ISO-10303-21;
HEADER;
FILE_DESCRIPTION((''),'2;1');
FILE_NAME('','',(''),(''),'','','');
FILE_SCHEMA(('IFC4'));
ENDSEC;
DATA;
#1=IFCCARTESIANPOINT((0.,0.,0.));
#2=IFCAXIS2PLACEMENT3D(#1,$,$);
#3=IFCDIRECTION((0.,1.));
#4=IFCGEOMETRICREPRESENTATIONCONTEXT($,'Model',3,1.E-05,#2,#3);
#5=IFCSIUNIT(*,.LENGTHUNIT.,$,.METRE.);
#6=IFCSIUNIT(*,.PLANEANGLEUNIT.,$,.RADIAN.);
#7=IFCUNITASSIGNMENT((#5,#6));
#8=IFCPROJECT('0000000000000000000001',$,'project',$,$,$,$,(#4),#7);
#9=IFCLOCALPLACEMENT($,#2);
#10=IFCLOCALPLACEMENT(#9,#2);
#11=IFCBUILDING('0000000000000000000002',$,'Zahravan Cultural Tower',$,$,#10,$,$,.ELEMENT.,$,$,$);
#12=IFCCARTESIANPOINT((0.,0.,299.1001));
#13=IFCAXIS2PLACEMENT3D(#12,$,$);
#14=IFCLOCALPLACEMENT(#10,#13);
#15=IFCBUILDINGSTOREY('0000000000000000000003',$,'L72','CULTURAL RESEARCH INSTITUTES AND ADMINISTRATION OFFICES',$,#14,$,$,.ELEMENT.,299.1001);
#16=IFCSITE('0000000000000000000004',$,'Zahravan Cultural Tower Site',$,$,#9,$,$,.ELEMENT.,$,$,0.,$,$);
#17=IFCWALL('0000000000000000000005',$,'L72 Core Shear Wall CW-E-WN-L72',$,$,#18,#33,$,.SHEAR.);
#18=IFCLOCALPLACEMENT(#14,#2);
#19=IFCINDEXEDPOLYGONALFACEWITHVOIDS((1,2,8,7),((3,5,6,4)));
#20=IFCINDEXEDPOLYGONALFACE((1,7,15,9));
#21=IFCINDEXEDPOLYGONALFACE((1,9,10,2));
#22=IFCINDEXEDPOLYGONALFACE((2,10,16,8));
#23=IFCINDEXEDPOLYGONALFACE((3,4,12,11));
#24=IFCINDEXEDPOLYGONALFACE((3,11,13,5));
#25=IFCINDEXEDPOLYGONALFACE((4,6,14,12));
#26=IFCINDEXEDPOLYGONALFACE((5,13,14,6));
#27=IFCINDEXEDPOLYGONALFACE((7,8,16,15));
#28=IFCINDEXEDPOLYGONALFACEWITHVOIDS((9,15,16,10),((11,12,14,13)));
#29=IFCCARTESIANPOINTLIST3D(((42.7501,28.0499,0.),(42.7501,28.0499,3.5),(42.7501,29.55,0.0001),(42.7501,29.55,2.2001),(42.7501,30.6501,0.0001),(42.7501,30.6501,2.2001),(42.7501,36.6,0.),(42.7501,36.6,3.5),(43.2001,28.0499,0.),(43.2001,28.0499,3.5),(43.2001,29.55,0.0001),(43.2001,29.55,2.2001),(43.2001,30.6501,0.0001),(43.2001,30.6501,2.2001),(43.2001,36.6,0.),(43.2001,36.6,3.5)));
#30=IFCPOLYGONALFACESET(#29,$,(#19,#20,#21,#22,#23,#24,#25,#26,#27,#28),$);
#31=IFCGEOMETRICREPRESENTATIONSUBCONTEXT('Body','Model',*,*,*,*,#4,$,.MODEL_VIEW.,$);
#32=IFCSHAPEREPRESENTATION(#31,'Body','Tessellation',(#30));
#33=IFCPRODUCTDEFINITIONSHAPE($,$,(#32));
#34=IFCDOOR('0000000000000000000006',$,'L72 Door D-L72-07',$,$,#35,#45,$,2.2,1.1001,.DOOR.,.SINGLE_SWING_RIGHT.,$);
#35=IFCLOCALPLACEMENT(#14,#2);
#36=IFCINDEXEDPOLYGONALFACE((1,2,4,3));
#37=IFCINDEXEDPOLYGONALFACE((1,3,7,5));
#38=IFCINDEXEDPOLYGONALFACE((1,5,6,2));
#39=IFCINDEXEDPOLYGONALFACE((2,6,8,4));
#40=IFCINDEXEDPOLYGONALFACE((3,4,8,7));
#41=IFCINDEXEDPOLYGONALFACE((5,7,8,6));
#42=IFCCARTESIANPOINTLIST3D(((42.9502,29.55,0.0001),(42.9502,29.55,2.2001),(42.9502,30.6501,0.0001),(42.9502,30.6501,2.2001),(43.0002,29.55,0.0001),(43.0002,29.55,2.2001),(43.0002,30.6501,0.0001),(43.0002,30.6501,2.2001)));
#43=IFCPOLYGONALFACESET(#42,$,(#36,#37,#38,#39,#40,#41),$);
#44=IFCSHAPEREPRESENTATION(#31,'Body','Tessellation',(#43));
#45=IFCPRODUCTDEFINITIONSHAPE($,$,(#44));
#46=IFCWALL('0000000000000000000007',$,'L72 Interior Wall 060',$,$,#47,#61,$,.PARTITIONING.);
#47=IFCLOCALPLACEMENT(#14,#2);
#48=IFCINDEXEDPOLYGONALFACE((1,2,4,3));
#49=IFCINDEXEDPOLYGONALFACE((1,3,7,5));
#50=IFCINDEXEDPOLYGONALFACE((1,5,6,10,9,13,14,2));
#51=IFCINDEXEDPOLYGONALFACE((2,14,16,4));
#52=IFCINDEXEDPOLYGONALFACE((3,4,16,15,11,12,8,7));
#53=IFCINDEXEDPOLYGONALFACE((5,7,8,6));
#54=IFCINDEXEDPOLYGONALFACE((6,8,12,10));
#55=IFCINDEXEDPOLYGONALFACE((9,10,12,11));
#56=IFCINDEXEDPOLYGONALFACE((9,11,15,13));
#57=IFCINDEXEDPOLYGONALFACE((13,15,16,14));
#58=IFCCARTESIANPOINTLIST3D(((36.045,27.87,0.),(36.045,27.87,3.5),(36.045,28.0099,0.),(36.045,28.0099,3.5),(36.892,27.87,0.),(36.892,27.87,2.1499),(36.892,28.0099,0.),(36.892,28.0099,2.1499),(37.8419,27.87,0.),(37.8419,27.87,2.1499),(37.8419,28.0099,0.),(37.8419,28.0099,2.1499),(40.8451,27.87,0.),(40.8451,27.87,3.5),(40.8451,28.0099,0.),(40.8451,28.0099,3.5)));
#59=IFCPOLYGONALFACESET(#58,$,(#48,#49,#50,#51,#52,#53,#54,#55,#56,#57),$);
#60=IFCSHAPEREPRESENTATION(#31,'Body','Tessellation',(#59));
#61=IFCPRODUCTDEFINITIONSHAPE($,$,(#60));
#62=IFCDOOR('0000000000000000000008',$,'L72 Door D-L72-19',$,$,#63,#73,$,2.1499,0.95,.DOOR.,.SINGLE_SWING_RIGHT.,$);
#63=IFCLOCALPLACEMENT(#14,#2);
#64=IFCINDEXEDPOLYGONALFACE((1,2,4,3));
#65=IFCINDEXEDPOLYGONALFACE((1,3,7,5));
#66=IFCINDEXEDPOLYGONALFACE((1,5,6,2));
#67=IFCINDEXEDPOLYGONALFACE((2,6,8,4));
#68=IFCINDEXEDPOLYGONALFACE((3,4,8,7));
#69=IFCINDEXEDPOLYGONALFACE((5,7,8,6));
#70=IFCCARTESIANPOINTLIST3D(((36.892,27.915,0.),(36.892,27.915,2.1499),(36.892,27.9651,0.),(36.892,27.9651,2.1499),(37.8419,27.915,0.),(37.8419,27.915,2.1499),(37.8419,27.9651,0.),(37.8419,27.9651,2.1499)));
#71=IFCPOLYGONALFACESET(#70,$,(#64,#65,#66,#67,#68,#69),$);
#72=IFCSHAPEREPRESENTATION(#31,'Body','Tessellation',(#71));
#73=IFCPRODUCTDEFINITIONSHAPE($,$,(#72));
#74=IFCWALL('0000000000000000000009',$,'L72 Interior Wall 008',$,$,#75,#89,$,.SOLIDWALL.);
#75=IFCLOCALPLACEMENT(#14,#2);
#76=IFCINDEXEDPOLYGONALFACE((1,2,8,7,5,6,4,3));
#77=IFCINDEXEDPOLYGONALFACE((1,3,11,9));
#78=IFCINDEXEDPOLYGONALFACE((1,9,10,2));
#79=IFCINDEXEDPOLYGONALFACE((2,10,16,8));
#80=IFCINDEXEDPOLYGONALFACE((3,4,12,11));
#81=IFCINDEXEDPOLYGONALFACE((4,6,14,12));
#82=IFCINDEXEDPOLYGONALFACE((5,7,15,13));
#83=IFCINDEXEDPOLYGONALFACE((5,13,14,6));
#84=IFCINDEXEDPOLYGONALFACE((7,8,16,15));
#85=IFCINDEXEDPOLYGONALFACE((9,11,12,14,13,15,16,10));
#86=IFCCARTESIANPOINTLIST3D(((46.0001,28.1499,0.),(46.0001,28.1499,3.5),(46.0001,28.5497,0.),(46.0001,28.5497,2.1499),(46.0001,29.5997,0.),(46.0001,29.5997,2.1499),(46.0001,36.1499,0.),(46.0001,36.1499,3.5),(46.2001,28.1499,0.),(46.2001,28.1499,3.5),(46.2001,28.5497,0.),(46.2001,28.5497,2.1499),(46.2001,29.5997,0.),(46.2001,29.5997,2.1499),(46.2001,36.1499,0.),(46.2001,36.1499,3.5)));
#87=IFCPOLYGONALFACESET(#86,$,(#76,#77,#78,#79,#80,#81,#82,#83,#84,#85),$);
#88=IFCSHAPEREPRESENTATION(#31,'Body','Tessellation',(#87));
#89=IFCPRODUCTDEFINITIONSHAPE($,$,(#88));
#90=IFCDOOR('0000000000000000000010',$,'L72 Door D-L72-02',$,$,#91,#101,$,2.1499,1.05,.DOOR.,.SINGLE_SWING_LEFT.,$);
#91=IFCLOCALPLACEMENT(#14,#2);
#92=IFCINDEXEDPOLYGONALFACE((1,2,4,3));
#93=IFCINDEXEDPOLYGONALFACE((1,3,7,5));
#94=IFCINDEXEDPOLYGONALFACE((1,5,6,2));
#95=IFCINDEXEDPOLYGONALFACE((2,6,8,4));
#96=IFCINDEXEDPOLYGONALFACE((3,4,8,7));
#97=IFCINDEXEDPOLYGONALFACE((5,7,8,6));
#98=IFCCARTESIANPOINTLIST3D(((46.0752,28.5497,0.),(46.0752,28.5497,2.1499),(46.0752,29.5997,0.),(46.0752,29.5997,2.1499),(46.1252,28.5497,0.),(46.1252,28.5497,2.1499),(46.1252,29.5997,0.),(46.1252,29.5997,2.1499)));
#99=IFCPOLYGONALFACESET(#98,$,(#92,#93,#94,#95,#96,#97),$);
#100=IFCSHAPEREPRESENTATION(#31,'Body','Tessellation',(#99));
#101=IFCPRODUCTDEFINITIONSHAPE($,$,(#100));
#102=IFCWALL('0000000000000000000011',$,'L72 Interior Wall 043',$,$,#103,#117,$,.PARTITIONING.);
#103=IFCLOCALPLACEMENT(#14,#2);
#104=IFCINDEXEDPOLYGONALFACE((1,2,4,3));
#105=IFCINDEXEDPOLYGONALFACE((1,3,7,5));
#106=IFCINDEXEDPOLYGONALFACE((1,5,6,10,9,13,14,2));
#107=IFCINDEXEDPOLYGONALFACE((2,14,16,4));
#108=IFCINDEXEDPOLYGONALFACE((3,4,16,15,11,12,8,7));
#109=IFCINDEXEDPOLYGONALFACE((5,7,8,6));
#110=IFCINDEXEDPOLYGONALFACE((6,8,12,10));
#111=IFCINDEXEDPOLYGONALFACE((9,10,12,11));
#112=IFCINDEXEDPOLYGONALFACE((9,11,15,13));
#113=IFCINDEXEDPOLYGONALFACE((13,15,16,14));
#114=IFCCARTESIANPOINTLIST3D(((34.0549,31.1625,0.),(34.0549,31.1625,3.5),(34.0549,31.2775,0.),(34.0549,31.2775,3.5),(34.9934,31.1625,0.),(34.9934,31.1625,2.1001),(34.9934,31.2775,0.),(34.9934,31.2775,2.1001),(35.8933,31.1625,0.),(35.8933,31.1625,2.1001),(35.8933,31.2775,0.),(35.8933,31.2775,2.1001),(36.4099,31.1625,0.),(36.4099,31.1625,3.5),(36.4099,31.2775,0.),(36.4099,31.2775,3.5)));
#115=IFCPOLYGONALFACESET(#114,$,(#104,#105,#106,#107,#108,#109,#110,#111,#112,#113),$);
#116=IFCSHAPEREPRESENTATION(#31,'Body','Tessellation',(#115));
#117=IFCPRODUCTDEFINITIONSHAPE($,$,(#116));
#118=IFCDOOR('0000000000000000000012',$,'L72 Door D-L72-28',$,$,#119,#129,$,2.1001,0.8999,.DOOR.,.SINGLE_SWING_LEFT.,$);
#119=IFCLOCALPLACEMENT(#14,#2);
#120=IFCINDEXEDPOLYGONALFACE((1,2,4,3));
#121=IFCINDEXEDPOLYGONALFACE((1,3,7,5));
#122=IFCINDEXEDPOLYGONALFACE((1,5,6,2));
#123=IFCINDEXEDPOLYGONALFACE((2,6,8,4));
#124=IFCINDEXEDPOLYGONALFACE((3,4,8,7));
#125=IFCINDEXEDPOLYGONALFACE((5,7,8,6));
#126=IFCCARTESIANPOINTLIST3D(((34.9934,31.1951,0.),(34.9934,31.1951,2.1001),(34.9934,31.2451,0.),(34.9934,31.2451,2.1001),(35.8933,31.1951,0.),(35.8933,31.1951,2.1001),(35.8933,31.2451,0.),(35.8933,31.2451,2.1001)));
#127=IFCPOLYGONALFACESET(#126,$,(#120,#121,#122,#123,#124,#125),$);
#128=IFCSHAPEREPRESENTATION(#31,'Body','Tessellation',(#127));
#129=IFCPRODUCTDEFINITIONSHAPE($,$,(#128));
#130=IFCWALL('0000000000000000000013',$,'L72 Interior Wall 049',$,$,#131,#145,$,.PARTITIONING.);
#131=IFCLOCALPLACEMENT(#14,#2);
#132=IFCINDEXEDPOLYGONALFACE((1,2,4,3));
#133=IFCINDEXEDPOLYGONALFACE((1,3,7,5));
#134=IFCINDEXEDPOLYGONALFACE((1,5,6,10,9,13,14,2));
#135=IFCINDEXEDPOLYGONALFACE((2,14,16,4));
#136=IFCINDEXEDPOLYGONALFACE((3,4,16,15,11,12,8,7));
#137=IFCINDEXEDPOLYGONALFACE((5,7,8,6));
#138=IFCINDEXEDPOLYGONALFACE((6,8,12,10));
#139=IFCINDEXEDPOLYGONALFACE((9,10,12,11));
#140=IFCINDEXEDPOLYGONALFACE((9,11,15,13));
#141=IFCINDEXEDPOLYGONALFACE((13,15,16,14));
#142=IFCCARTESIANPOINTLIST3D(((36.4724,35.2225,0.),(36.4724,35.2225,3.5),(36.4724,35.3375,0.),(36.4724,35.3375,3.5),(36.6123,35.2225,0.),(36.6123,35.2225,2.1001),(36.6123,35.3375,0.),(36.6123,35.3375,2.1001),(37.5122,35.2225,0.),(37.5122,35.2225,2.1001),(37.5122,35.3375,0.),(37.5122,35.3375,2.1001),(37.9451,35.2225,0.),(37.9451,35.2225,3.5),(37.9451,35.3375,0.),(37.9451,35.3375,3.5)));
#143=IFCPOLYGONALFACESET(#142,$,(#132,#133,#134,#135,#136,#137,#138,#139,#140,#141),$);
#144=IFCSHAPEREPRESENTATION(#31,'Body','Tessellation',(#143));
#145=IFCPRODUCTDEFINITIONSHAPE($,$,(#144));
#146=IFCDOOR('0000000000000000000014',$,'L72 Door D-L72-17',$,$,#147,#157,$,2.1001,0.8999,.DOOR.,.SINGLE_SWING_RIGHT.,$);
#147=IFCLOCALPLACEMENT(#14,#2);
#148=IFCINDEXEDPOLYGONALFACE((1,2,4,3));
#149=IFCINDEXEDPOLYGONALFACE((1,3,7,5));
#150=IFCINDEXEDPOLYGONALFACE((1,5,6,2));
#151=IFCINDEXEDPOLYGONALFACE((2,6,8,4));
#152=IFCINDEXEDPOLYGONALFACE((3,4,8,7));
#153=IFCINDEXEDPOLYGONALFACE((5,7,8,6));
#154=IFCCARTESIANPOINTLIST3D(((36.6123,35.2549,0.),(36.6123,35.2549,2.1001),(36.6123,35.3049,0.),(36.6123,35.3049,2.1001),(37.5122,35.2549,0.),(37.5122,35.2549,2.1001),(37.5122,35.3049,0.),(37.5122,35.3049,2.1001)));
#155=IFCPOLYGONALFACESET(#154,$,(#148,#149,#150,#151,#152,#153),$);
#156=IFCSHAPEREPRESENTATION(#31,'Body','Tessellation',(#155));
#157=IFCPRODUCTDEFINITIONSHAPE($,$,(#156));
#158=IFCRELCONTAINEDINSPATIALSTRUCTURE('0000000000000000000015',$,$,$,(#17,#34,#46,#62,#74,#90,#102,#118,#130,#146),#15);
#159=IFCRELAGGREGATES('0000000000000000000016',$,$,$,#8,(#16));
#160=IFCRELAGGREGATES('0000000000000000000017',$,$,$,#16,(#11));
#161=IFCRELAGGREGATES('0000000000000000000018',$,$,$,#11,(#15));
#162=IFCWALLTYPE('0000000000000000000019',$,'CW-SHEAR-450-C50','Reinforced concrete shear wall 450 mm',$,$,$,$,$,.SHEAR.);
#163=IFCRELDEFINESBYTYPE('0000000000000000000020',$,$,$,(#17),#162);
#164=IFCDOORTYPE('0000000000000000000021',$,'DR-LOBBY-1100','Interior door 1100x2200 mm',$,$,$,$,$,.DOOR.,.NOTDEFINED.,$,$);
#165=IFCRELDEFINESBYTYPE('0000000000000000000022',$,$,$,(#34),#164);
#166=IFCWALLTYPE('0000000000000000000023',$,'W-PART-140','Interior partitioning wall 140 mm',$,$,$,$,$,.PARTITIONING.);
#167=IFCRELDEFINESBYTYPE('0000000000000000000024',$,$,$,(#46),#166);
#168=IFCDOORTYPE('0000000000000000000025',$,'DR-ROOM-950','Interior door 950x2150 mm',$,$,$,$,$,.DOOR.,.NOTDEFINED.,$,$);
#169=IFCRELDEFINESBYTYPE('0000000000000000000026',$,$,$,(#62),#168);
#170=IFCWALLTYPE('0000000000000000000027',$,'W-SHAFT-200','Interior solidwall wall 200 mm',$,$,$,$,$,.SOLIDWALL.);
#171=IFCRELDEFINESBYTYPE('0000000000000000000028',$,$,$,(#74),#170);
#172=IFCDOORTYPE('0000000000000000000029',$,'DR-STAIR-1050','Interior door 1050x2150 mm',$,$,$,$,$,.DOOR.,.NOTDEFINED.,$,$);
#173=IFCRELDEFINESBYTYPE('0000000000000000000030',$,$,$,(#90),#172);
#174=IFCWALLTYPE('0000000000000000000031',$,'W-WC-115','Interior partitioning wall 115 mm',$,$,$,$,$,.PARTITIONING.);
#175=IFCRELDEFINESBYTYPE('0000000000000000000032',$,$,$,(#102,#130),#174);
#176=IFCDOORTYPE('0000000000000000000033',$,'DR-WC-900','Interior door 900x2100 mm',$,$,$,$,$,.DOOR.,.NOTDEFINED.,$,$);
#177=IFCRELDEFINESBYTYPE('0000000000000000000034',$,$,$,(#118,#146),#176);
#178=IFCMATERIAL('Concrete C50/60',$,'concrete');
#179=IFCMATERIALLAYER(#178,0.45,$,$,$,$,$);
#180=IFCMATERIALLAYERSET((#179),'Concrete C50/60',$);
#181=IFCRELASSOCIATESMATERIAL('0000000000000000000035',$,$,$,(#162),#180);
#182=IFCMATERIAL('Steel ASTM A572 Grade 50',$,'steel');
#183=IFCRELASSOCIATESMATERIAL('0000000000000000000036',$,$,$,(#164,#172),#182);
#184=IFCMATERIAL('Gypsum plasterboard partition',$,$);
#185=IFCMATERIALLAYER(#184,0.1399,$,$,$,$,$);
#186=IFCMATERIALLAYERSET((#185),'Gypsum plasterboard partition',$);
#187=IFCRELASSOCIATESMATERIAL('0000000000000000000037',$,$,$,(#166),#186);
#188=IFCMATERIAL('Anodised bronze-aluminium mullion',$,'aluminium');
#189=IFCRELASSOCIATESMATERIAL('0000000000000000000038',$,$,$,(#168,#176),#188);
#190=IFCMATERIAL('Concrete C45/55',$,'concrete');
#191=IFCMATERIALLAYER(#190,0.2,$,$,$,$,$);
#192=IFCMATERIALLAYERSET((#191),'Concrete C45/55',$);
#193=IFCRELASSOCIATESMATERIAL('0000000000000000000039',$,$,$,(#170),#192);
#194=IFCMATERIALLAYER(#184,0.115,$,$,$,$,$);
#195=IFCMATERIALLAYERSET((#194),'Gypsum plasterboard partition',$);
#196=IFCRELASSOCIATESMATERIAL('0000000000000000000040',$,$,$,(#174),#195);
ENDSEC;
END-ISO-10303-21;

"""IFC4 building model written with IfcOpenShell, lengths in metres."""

from ifc_helpers import new_model, si_unit, direction, frame, frame_2d, origin, place, context, subcontext, project, spatial, rectangle, extrude, source, transform, mapped, material, layer, layer_set, type_object, element, fill, save


model = new_model("IFC4")

# Units and contexts
model_context = context("Model", 3, precision=1e-05, world=origin(), true_north=direction((0.0, 1.0)))
body_context = subcontext(model_context, "Body", "Model", "MODEL_VIEW")
ifc_project = project(units=[si_unit("LENGTHUNIT", "METRE"), si_unit("PLANEANGLEUNIT", "RADIAN")], contexts=[model_context])

# Site, building, storey
site_placement = place(None, origin())
site = spatial("IfcSite", under=ifc_project, at=site_placement, Name="Zahravan Cultural Tower Site", CompositionType="ELEMENT", RefElevation=0.0)
building_placement = place(site_placement, origin())
building = spatial("IfcBuilding", under=site, at=building_placement, Name="Zahravan Cultural Tower", CompositionType="ELEMENT")
storey_placement = place(building_placement, frame((0.0, 0.0, 299.1001)))
storey = spatial("IfcBuildingStorey", under=building, at=storey_placement, Name="L72", Description="CULTURAL RESEARCH INSTITUTES AND ADMINISTRATION OFFICES", CompositionType="ELEMENT", Elevation=299.1001)

# Walls, openings, doors
ifc_material_1 = material(Name="Concrete C50/60", Category="concrete")
ifc_layer_1 = layer(ifc_material_1, 0.45)
ifc_layer_set_1 = layer_set([ifc_layer_1], Name="Concrete C50/60")
wall_type_1 = type_object("IfcWallType", Name="CW-SHEAR-450-C50", Description="Reinforced concrete shear wall 450 mm", PredefinedType="SHEAR", material=ifc_layer_set_1)
wall_1_placement = place(storey_placement, frame((42.9751, 28.05, 0.0), z_axis=(0.0, 0.0, 1.0), x_axis=(0.0, 1.0, 0.0)))
wall_1 = element("IfcWall", 1, at=wall_1_placement, inside=storey, type_object=wall_type_1, Name="L72 Core Shear Wall CW-E-WN-L72", PredefinedType="SHEAR", context=body_context, shape_type="SweptSolid", body=[
    extrude(rectangle(XDim=8.55, YDim=0.45, at=frame_2d((4.2749, 0.0))), origin(), (0.0, 0.0, 1.0), 3.5),
])
opening_1_placement = place(wall_1_placement, frame((1.5, 0.0, 0.0)))
opening_1 = element("IfcOpeningElement", 2, at=opening_1_placement, cuts=wall_1, PredefinedType="OPENING", context=body_context, shape_type="SweptSolid", body=[
    extrude(rectangle(XDim=1.1001, YDim=2.2, at=frame_2d((0.55, 1.1001))), frame((0.0, 0.2349, 0.0), z_axis=(0.0, -1.0, 0.0), x_axis=(1.0, 0.0, 0.0)), (0.0, 0.0, 1.0), 0.47),
])
ifc_material_2 = material(Name="Steel ASTM A572 Grade 50", Category="steel")
door_type_1 = type_object("IfcDoorType", Name="DR-LOBBY-1100", Description="Interior door 1100x2200 mm", OperationType="NOTDEFINED", PredefinedType="DOOR", material=ifc_material_2)
shared_shape_1 = source(origin(), body_context, "Body", "SweptSolid", [
    extrude(rectangle(XDim=1.1001, YDim=2.2, at=frame_2d((0.55, 1.1001))), frame((0.0, 0.0249, 0.0), z_axis=(0.0, -1.0, 0.0), x_axis=(1.0, 0.0, 0.0)), (0.0, 0.0, 1.0), 0.05),
])
door_1_placement = place(opening_1_placement, origin())
door_1 = element("IfcDoor", 3, at=door_1_placement, inside=storey, type_object=door_type_1, Name="L72 Door D-L72-07", OperationType="SINGLE_SWING_RIGHT", OverallHeight=2.2, OverallWidth=1.1001, PredefinedType="DOOR", context=body_context, shape_type="MappedRepresentation", body=[
    mapped(shared_shape_1, transform((0.0, 0.0, 0.0), x_axis=(1.0, 0.0, 0.0), y_axis=(0.0, 1.0, 0.0), z_axis=(0.0, 0.0, 1.0), scale=1.0)),
])
fill(opening_1, door_1)
ifc_material_3 = material(Name="Gypsum plasterboard partition")
ifc_layer_2 = layer(ifc_material_3, 0.1399)
ifc_layer_set_2 = layer_set([ifc_layer_2], Name="Gypsum plasterboard partition")
wall_type_2 = type_object("IfcWallType", Name="W-PART-140", Description="Interior partitioning wall 140 mm", PredefinedType="PARTITIONING", material=ifc_layer_set_2)
wall_2_placement = place(storey_placement, frame((40.845, 27.9399, 0.0), z_axis=(0.0, 0.0, 1.0), x_axis=(-1.0, 0.0, 0.0)))
wall_2 = element("IfcWall", 4, at=wall_2_placement, inside=storey, type_object=wall_type_2, Name="L72 Interior Wall 060", PredefinedType="PARTITIONING", context=body_context, shape_type="SweptSolid", body=[
    extrude(rectangle(XDim=4.8, YDim=0.1399, at=frame_2d((2.3999, 0.0))), origin(), (0.0, 0.0, 1.0), 3.5),
])
opening_2_placement = place(wall_2_placement, frame((3.0029, 0.0, 0.0)))
opening_2 = element("IfcOpeningElement", 5, at=opening_2_placement, cuts=wall_2, PredefinedType="OPENING", context=body_context, shape_type="SweptSolid", body=[
    extrude(rectangle(XDim=0.95, YDim=2.1499, at=frame_2d((0.4751, 1.075))), frame((0.0, 0.0798, 0.0), z_axis=(0.0, -1.0, 0.0), x_axis=(1.0, 0.0, 0.0)), (0.0, 0.0, 1.0), 0.1599),
])
ifc_material_4 = material(Name="Anodised bronze-aluminium mullion", Category="aluminium")
door_type_2 = type_object("IfcDoorType", Name="DR-ROOM-950", Description="Interior door 950x2150 mm", OperationType="NOTDEFINED", PredefinedType="DOOR", material=ifc_material_4)
shared_shape_2 = source(origin(), body_context, "Body", "SweptSolid", [
    extrude(rectangle(XDim=0.95, YDim=2.1499, at=frame_2d((0.4751, 1.075))), frame((0.0, 0.0249, 0.0), z_axis=(0.0, -1.0, 0.0), x_axis=(1.0, 0.0, 0.0)), (0.0, 0.0, 1.0), 0.05),
])
door_2_placement = place(opening_2_placement, origin())
door_2 = element("IfcDoor", 6, at=door_2_placement, inside=storey, type_object=door_type_2, Name="L72 Door D-L72-19", OperationType="SINGLE_SWING_RIGHT", OverallHeight=2.1499, OverallWidth=0.95, PredefinedType="DOOR", context=body_context, shape_type="MappedRepresentation", body=[
    mapped(shared_shape_2, transform((0.0, 0.0, 0.0), x_axis=(1.0, 0.0, 0.0), y_axis=(0.0, 1.0, 0.0), z_axis=(0.0, 0.0, 1.0), scale=1.0)),
])
fill(opening_2, door_2)
ifc_material_5 = material(Name="Concrete C45/55", Category="concrete")
ifc_layer_3 = layer(ifc_material_5, 0.2)
ifc_layer_set_3 = layer_set([ifc_layer_3], Name="Concrete C45/55")
wall_type_3 = type_object("IfcWallType", Name="W-SHAFT-200", Description="Interior solidwall wall 200 mm", PredefinedType="SOLIDWALL", material=ifc_layer_set_3)
wall_3_placement = place(storey_placement, frame((46.1001, 28.1499, 0.0), z_axis=(0.0, 0.0, 1.0), x_axis=(0.0, 1.0, 0.0)))
wall_3 = element("IfcWall", 7, at=wall_3_placement, inside=storey, type_object=wall_type_3, Name="L72 Interior Wall 008", PredefinedType="SOLIDWALL", context=body_context, shape_type="SweptSolid", body=[
    extrude(rectangle(XDim=8.0, YDim=0.2, at=frame_2d((4.0, 0.0))), origin(), (0.0, 0.0, 1.0), 3.5),
])
opening_3_placement = place(wall_3_placement, frame((0.3999, 0.0, 0.0)))
opening_3 = element("IfcOpeningElement", 8, at=opening_3_placement, cuts=wall_3, PredefinedType="OPENING", context=body_context, shape_type="SweptSolid", body=[
    extrude(rectangle(XDim=1.05, YDim=2.1499, at=frame_2d((0.5249, 1.075))), frame((0.0, 0.1099, 0.0), z_axis=(0.0, -1.0, 0.0), x_axis=(1.0, 0.0, 0.0)), (0.0, 0.0, 1.0), 0.22),
])
door_type_3 = type_object("IfcDoorType", Name="DR-STAIR-1050", Description="Interior door 1050x2150 mm", OperationType="NOTDEFINED", PredefinedType="DOOR", material=ifc_material_2)
shared_shape_3 = source(origin(), body_context, "Body", "SweptSolid", [
    extrude(rectangle(XDim=1.05, YDim=2.1499, at=frame_2d((0.5249, 1.075))), frame((0.0, 0.0249, 0.0), z_axis=(0.0, -1.0, 0.0), x_axis=(1.0, 0.0, 0.0)), (0.0, 0.0, 1.0), 0.05),
])
door_3_placement = place(opening_3_placement, origin())
door_3 = element("IfcDoor", 9, at=door_3_placement, inside=storey, type_object=door_type_3, Name="L72 Door D-L72-02", OperationType="SINGLE_SWING_LEFT", OverallHeight=2.1499, OverallWidth=1.05, PredefinedType="DOOR", context=body_context, shape_type="MappedRepresentation", body=[
    mapped(shared_shape_3, transform((0.0, 0.0, 0.0), x_axis=(1.0, 0.0, 0.0), y_axis=(0.0, 1.0, 0.0), z_axis=(0.0, 0.0, 1.0), scale=1.0)),
])
fill(opening_3, door_3)
ifc_layer_4 = layer(ifc_material_3, 0.115)
ifc_layer_set_4 = layer_set([ifc_layer_4], Name="Gypsum plasterboard partition")
wall_type_4 = type_object("IfcWallType", Name="W-WC-115", Description="Interior partitioning wall 115 mm", PredefinedType="PARTITIONING", material=ifc_layer_set_4)
wall_4_placement = place(storey_placement, frame((36.4099, 31.22, 0.0), z_axis=(0.0, 0.0, 1.0), x_axis=(-1.0, 0.0, 0.0)))
wall_4 = element("IfcWall", 10, at=wall_4_placement, inside=storey, type_object=wall_type_4, Name="L72 Interior Wall 043", PredefinedType="PARTITIONING", context=body_context, shape_type="SweptSolid", body=[
    extrude(rectangle(XDim=2.355, YDim=0.115, at=frame_2d((1.1775, 0.0))), origin(), (0.0, 0.0, 1.0), 3.5),
])
opening_4_placement = place(wall_4_placement, frame((0.5166, 0.0, 0.0)))
opening_4 = element("IfcOpeningElement", 11, at=opening_4_placement, cuts=wall_4, PredefinedType="OPENING", context=body_context, shape_type="SweptSolid", body=[
    extrude(rectangle(XDim=0.8999, YDim=2.1001, at=frame_2d((0.45, 1.05))), frame((0.0, 0.0674, 0.0), z_axis=(0.0, -1.0, 0.0), x_axis=(1.0, 0.0, 0.0)), (0.0, 0.0, 1.0), 0.135),
])
door_type_4 = type_object("IfcDoorType", Name="DR-WC-900", Description="Interior door 900x2100 mm", OperationType="NOTDEFINED", PredefinedType="DOOR", material=ifc_material_4)
shared_shape_4 = source(origin(), body_context, "Body", "SweptSolid", [
    extrude(rectangle(XDim=0.8999, YDim=2.1001, at=frame_2d((0.45, 1.05))), frame((0.0, 0.0249, 0.0), z_axis=(0.0, -1.0, 0.0), x_axis=(1.0, 0.0, 0.0)), (0.0, 0.0, 1.0), 0.05),
])
door_4_placement = place(opening_4_placement, origin())
door_4 = element("IfcDoor", 12, at=door_4_placement, inside=storey, type_object=door_type_4, Name="L72 Door D-L72-28", OperationType="SINGLE_SWING_LEFT", OverallHeight=2.1001, OverallWidth=0.8999, PredefinedType="DOOR", context=body_context, shape_type="MappedRepresentation", body=[
    mapped(shared_shape_4, transform((0.0, 0.0, 0.0), x_axis=(1.0, 0.0, 0.0), y_axis=(0.0, 1.0, 0.0), z_axis=(0.0, 0.0, 1.0), scale=1.0)),
])
fill(opening_4, door_4)
wall_5_placement = place(storey_placement, frame((36.4724, 35.28, 0.0), z_axis=(0.0, 0.0, 1.0), x_axis=(1.0, 0.0, 0.0)))
wall_5 = element("IfcWall", 13, at=wall_5_placement, inside=storey, type_object=wall_type_4, Name="L72 Interior Wall 049", PredefinedType="PARTITIONING", context=body_context, shape_type="SweptSolid", body=[
    extrude(rectangle(XDim=1.4727, YDim=0.115, at=frame_2d((0.7363, 0.0))), origin(), (0.0, 0.0, 1.0), 3.5),
])
opening_5_placement = place(wall_5_placement, frame((0.1399, 0.0, 0.0)))
opening_5 = element("IfcOpeningElement", 14, at=opening_5_placement, cuts=wall_5, PredefinedType="OPENING", context=body_context, shape_type="SweptSolid", body=[
    extrude(rectangle(XDim=0.8999, YDim=2.1001, at=frame_2d((0.45, 1.05))), frame((0.0, 0.0674, 0.0), z_axis=(0.0, -1.0, 0.0), x_axis=(1.0, 0.0, 0.0)), (0.0, 0.0, 1.0), 0.135),
])
door_5_placement = place(opening_5_placement, origin())
door_5 = element("IfcDoor", 15, at=door_5_placement, inside=storey, type_object=door_type_4, Name="L72 Door D-L72-17", OperationType="SINGLE_SWING_RIGHT", OverallHeight=2.1001, OverallWidth=0.8999, PredefinedType="DOOR", context=body_context, shape_type="MappedRepresentation", body=[
    mapped(shared_shape_4, transform((0.0, 0.0, 0.0), x_axis=(1.0, 0.0, 0.0), y_axis=(0.0, 1.0, 0.0), z_axis=(0.0, 0.0, 1.0), scale=1.0)),
])
fill(opening_5, door_5)

save(model, "model.ifc")
